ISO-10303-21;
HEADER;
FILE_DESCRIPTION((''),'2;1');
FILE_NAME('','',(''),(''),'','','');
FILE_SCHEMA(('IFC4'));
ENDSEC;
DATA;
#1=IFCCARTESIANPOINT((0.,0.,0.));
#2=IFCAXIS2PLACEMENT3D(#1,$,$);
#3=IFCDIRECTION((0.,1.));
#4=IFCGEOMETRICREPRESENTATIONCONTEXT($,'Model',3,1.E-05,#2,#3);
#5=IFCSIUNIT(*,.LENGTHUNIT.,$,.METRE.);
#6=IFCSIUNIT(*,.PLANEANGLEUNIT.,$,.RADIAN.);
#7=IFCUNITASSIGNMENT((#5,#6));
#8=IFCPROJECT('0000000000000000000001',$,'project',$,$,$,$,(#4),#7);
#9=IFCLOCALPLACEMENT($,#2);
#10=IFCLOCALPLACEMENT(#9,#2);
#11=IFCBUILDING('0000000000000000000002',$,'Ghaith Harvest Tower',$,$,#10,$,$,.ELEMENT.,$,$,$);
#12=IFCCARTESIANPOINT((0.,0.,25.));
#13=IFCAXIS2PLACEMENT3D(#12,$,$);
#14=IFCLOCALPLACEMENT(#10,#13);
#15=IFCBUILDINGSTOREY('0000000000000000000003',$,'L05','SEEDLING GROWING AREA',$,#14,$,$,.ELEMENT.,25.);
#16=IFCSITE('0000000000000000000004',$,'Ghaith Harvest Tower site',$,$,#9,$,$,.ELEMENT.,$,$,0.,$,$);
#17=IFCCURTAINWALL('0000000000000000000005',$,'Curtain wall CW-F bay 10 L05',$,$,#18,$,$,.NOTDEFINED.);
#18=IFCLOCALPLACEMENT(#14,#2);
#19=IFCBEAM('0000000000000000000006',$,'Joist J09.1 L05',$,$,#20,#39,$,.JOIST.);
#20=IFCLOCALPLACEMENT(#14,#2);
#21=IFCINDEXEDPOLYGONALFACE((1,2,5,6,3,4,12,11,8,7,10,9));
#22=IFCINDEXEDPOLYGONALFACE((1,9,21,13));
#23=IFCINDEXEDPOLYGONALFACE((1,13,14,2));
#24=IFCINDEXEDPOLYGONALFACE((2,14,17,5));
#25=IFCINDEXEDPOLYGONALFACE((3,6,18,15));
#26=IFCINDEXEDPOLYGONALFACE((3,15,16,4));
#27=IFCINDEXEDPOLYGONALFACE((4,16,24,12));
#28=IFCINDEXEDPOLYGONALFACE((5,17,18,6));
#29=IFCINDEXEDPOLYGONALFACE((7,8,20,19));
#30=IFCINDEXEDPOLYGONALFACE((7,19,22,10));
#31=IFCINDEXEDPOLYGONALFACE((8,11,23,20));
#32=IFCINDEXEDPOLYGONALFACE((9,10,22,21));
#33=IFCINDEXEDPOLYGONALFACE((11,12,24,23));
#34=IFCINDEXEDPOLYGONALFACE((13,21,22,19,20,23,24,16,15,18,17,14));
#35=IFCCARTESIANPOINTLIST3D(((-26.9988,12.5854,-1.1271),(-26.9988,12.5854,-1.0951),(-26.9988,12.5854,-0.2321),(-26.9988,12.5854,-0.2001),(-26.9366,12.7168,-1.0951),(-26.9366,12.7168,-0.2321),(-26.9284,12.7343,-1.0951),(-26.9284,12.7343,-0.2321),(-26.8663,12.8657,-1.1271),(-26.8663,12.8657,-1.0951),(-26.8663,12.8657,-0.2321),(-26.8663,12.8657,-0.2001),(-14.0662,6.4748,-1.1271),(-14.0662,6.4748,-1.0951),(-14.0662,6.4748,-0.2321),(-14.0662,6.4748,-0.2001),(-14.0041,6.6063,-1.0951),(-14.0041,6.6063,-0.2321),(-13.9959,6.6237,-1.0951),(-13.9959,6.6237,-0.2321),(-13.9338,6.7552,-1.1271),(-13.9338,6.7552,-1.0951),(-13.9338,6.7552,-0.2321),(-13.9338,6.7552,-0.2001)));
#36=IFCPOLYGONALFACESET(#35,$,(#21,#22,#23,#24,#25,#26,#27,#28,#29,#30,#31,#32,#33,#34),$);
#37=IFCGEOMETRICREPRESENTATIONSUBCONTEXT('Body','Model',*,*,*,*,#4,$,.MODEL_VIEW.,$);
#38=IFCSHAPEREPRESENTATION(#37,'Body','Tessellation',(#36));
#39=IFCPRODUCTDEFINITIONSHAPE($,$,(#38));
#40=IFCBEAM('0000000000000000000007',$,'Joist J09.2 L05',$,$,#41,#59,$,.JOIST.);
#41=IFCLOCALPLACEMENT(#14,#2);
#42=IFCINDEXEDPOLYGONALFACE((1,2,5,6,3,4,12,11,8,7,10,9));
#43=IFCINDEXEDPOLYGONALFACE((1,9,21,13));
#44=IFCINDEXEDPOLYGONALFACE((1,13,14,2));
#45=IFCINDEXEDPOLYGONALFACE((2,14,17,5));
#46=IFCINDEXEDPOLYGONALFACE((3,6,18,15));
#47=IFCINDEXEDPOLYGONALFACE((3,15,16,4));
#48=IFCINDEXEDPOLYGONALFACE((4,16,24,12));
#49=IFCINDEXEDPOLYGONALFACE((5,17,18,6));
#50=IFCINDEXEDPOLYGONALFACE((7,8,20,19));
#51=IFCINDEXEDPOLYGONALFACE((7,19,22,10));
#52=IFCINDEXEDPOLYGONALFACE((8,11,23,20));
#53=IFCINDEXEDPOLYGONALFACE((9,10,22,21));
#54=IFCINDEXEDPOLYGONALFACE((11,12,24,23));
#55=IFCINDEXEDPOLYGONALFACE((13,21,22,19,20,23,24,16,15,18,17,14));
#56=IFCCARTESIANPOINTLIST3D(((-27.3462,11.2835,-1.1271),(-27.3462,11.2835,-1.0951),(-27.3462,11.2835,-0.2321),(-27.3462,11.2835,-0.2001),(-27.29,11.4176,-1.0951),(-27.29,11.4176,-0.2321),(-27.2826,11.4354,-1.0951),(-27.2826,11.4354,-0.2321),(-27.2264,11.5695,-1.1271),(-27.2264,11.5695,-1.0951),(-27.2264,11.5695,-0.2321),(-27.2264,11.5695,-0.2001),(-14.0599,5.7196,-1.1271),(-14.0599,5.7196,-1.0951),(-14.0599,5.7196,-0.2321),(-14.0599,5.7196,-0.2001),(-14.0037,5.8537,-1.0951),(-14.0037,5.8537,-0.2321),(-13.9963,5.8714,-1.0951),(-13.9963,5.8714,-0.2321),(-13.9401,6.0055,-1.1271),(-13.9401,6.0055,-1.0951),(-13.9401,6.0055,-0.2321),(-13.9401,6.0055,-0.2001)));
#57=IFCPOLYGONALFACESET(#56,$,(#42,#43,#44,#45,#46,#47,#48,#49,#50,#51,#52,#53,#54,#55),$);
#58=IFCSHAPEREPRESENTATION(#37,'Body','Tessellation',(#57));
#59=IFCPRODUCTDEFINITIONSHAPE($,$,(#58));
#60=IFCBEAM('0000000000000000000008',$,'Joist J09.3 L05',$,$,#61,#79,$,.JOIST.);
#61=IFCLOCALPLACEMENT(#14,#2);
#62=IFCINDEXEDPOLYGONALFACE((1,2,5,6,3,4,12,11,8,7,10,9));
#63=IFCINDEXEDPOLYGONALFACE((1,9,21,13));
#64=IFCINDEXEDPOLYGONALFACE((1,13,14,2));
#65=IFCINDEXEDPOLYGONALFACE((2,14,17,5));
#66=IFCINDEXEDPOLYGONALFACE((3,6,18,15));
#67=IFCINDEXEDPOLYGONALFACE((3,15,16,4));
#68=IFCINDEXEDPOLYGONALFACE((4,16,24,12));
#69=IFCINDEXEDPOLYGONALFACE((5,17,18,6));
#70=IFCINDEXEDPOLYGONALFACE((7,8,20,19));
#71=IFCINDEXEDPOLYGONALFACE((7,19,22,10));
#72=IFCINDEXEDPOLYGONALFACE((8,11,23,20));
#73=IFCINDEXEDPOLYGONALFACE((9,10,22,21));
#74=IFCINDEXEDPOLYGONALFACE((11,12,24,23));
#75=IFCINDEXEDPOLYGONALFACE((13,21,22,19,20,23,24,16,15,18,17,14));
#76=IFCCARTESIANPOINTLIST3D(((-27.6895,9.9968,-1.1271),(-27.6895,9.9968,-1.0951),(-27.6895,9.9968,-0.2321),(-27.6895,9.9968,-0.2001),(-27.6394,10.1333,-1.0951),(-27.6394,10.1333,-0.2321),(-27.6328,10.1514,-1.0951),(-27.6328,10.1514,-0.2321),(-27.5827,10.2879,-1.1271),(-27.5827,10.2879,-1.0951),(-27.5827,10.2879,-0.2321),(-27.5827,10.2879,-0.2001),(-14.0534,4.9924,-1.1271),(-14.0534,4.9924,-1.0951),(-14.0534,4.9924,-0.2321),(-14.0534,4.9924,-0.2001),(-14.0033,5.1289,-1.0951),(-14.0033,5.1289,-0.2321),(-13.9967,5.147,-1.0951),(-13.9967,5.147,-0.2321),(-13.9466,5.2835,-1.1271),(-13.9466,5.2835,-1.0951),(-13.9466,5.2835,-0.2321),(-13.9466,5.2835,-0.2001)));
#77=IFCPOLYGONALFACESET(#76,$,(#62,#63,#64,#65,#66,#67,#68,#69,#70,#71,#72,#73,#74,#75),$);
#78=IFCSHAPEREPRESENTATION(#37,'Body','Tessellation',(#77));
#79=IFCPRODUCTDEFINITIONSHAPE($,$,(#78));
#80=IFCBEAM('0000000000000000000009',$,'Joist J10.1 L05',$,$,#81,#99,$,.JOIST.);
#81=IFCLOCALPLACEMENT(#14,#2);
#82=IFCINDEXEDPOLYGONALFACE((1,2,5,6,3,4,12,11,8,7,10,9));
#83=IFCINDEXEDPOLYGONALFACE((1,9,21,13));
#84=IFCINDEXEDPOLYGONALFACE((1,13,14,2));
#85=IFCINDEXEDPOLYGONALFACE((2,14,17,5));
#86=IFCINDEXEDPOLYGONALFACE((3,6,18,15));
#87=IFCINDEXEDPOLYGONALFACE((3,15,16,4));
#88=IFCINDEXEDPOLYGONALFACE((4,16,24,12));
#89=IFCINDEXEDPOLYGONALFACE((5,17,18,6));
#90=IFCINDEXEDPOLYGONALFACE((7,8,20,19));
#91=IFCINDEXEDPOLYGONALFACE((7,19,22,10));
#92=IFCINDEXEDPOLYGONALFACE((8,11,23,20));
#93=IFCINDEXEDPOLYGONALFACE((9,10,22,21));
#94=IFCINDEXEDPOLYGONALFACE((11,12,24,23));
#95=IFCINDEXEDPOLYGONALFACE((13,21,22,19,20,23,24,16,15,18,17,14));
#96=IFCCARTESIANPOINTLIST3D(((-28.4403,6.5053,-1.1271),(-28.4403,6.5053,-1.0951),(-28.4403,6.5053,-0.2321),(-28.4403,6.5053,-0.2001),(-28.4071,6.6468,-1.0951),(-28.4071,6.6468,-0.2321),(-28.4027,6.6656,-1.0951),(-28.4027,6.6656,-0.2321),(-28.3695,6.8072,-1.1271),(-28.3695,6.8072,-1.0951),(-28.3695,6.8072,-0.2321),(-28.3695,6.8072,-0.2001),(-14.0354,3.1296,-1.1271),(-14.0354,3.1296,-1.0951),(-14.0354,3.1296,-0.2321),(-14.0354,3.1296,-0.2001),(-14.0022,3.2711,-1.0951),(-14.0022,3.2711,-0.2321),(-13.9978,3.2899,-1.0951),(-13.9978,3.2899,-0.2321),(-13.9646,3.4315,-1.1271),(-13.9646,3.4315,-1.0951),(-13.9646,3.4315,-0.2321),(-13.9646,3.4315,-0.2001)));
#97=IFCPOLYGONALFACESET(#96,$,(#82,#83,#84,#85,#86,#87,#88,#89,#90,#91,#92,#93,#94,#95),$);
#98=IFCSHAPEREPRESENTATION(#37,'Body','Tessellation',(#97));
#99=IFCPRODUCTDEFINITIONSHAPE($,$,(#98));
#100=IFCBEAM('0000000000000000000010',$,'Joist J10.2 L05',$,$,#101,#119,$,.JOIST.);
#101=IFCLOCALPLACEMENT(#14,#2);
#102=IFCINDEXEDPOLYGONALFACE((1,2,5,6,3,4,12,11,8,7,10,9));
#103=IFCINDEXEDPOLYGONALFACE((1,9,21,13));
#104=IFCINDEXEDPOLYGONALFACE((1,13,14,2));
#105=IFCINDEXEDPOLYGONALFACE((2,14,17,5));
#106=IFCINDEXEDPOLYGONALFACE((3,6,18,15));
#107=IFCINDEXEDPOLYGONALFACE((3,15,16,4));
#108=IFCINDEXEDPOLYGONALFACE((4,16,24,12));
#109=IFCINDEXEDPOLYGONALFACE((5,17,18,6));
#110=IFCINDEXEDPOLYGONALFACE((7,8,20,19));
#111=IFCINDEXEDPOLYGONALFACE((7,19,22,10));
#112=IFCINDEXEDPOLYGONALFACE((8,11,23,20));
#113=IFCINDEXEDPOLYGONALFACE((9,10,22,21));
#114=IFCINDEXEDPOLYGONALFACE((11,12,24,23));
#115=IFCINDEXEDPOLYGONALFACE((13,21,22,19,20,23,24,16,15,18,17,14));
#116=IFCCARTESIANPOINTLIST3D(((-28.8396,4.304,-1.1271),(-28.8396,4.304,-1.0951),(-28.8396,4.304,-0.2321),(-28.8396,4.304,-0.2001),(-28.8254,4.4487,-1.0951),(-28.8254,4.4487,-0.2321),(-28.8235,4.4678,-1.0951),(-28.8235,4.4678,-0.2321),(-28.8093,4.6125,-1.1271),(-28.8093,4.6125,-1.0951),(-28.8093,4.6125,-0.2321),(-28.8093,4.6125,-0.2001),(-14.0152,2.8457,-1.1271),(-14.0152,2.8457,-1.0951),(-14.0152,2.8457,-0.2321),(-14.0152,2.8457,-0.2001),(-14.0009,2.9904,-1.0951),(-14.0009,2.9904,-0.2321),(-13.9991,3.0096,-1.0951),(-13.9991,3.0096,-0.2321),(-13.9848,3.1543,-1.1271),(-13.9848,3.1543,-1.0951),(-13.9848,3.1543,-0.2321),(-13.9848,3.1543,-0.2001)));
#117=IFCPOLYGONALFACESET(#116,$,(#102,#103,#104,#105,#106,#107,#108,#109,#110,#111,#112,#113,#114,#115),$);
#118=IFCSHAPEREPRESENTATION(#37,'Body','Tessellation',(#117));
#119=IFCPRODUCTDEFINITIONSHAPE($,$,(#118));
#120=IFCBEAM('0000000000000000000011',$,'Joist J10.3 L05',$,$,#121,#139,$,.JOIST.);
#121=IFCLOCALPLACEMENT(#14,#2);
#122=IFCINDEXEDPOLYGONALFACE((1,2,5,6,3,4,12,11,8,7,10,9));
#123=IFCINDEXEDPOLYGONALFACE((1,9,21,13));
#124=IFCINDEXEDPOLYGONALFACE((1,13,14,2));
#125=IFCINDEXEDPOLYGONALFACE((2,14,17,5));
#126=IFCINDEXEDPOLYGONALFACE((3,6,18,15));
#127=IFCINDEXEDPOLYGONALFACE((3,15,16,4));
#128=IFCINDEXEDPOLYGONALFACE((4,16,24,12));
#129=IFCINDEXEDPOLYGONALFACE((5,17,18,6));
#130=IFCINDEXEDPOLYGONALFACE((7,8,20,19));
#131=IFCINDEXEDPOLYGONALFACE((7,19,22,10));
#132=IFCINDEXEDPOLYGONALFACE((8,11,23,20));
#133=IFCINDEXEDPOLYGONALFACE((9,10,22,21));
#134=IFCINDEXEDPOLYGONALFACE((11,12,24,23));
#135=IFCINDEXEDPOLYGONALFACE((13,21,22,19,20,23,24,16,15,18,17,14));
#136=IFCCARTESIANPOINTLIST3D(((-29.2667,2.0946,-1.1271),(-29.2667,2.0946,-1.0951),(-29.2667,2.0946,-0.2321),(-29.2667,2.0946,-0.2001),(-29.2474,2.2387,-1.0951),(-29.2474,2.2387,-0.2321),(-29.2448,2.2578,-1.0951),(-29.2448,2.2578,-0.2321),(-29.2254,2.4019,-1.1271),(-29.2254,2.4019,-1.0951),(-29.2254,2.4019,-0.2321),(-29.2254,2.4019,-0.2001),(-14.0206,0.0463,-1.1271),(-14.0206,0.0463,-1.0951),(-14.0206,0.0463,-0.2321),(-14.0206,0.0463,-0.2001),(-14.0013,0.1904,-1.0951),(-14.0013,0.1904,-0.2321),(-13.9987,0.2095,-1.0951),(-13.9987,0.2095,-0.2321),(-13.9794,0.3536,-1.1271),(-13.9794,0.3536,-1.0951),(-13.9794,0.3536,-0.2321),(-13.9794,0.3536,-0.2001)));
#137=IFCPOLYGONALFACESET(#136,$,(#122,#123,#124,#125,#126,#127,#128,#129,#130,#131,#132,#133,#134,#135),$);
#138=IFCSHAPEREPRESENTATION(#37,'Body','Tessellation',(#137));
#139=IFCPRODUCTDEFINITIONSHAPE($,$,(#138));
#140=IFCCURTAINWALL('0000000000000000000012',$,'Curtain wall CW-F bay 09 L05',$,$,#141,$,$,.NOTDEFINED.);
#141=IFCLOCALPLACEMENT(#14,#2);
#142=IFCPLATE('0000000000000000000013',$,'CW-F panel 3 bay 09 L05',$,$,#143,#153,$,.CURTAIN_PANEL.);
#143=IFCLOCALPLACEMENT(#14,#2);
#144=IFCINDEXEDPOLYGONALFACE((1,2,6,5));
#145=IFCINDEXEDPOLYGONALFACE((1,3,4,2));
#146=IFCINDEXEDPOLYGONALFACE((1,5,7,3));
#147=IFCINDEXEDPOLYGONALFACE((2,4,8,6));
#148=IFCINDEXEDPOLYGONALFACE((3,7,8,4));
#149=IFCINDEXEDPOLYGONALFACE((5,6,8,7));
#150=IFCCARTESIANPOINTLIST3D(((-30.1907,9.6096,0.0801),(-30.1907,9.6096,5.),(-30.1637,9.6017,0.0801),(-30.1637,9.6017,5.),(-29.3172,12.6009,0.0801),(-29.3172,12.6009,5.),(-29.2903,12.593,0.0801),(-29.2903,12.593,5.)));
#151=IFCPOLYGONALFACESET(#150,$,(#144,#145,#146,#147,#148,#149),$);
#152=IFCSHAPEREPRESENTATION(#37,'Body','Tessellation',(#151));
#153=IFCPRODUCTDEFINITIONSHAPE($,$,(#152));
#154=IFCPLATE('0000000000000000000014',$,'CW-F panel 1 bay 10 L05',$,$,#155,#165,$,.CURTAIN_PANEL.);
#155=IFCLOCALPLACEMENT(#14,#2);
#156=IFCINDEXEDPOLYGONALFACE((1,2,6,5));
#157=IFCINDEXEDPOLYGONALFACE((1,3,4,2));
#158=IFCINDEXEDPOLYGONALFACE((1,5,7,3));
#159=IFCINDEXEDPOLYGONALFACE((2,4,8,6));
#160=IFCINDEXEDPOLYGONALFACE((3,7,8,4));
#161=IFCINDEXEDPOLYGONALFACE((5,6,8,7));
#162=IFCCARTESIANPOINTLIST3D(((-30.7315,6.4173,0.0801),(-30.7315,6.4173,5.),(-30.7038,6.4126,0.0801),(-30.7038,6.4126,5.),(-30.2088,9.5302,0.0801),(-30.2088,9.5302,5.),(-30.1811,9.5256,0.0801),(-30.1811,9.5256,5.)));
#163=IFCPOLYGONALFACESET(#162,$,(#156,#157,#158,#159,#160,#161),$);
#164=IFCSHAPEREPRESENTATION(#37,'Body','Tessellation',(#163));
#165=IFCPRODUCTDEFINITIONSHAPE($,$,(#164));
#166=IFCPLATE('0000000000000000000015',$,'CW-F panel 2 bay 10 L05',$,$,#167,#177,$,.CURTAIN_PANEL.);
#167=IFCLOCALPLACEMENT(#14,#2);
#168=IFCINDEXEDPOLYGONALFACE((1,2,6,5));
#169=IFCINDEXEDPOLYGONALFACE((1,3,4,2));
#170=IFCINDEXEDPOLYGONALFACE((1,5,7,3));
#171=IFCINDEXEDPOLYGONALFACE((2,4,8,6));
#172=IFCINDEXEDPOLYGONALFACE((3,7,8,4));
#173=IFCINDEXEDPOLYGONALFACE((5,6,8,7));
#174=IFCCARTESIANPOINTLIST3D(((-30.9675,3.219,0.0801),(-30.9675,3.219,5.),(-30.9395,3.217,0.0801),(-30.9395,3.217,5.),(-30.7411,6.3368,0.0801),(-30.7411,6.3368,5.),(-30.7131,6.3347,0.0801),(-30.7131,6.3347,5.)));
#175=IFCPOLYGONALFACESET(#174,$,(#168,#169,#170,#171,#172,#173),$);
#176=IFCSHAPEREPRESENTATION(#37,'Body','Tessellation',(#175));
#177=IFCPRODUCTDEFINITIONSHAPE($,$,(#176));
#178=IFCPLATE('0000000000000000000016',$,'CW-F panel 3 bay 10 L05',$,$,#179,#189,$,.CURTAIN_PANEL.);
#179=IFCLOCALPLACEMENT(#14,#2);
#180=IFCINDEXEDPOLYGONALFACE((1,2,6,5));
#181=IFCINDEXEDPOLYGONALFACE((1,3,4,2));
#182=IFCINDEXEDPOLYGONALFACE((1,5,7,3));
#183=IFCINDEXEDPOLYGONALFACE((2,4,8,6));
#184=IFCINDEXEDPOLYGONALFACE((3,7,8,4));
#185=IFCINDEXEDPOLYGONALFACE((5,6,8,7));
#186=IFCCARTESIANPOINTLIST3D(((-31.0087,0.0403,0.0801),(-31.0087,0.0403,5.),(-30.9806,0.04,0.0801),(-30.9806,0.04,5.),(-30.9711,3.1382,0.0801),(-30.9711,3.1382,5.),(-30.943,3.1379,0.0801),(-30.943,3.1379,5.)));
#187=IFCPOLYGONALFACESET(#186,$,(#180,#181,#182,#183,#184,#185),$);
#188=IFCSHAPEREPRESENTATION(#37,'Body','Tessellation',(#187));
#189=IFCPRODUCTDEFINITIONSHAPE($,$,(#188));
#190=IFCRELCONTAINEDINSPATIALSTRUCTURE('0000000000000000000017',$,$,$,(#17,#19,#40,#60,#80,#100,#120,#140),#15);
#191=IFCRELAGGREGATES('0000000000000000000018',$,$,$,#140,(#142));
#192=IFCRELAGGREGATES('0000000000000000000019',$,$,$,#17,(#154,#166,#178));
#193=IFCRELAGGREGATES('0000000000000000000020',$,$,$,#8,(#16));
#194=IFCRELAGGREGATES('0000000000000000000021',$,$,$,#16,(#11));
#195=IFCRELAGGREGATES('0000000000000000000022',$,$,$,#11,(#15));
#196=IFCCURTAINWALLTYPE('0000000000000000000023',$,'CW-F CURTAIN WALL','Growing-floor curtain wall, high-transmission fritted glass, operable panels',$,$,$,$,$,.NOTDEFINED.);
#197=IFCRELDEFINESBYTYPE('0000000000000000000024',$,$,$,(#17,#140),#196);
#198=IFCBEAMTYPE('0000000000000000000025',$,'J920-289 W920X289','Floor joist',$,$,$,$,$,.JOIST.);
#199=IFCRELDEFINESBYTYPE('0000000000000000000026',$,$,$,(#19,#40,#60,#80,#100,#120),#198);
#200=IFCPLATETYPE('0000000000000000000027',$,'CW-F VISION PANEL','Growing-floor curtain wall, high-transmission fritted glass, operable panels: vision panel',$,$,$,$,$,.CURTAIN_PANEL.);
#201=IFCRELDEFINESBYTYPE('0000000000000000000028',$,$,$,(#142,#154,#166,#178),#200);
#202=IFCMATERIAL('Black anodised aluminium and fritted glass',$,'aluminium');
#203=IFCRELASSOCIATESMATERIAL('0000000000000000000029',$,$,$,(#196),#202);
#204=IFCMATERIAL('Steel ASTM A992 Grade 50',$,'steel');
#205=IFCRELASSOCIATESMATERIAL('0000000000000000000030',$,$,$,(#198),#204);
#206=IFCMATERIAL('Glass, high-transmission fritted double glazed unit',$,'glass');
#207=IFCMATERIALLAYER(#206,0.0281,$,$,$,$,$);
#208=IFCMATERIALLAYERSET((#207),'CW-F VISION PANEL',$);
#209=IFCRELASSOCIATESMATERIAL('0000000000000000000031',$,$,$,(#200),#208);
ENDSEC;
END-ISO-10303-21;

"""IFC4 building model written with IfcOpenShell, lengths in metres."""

from ifc_helpers import new_model, si_unit, direction, frame, origin, origin_2d, place, context, subcontext, project, spatial, rectangle, i_section, extrude, material, layer, layer_set, material_profile, profile_set, type_object, element, aggregate, save


model = new_model("IFC4")

# Units and contexts
model_context = context("Model", 3, precision=1e-05, world=origin(), true_north=direction((0.0, 1.0)))
body_context = subcontext(model_context, "Body", "Model", "MODEL_VIEW")
ifc_project = project(units=[si_unit("LENGTHUNIT", "METRE"), si_unit("PLANEANGLEUNIT", "RADIAN")], contexts=[model_context])

# Site, building, storey
site_placement = place(None, origin())
site = spatial("IfcSite", under=ifc_project, at=site_placement, Name="Ghaith Harvest Tower site", CompositionType="ELEMENT", RefElevation=0.0)
building_placement = place(site_placement, origin())
building = spatial("IfcBuilding", under=site, at=building_placement, Name="Ghaith Harvest Tower", CompositionType="ELEMENT")
storey_placement = place(building_placement, frame((0.0, 0.0, 25.0)))
storey = spatial("IfcBuildingStorey", under=building, at=storey_placement, Name="L05", Description="SEEDLING GROWING AREA", CompositionType="ELEMENT", Elevation=25.0)

# Curtain wall
ifc_material_1 = material(Name="Black anodised aluminium and fritted glass", Category="aluminium")
curtain_wall_type = type_object("IfcCurtainWallType", Name="CW-F CURTAIN WALL", Description="Growing-floor curtain wall, high-transmission fritted glass, operable panels", PredefinedType="NOTDEFINED", material=ifc_material_1)
curtain_wall_1_placement = place(storey_placement, origin())
curtain_wall_1 = element("IfcCurtainWall", 1, at=curtain_wall_1_placement, inside=storey, type_object=curtain_wall_type, Name="Curtain wall CW-F bay 10 L05", PredefinedType="NOTDEFINED")

# Beams
ifc_material_2 = material(Name="Steel ASTM A992 Grade 50", Category="steel")
ifc_material_profile_1 = material_profile(ifc_material_2, i_section(OverallWidth=0.3101, OverallDepth=0.927, WebThickness=0.0193, FlangeThickness=0.032, at=origin_2d()), Name="W920X289")
ifc_profile_set_1 = profile_set([ifc_material_profile_1], Name="Steel ASTM A992 Grade 50")
beam_type_1 = type_object("IfcBeamType", Name="J920-289 W920X289", Description="Floor joist", PredefinedType="JOIST", material=ifc_profile_set_1)
beam_1_placement = place(storey_placement, frame((-14.0, 6.615, -0.6636), z_axis=(-0.904153, 0.427208, 0.0), x_axis=(-0.427208, -0.904153, 0.0)))
element("IfcBeam", 2, at=beam_1_placement, inside=storey, type_object=beam_type_1, Name="Joist J09.1 L05", PredefinedType="JOIST", context=body_context, shape_type="SweptSolid", body=[
    extrude(i_section(OverallWidth=0.3101, OverallDepth=0.927, WebThickness=0.0193, FlangeThickness=0.032, at=origin_2d()), origin(), (0.0, 0.0, 1.0), 14.3035),
])
beam_2_placement = place(storey_placement, frame((-14.0, 5.8625, -0.6636), z_axis=(-0.922386, 0.38627, 0.0), x_axis=(-0.38627, -0.922386, 0.0)))
element("IfcBeam", 3, at=beam_2_placement, inside=storey, type_object=beam_type_1, Name="Joist J09.2 L05", PredefinedType="JOIST", context=body_context, shape_type="SweptSolid", body=[
    extrude(i_section(OverallWidth=0.3101, OverallDepth=0.927, WebThickness=0.0193, FlangeThickness=0.032, at=origin_2d()), origin(), (0.0, 0.0, 1.0), 14.4043),
])
beam_3_placement = place(storey_placement, frame((-14.0, 5.1379, -0.6636), z_axis=(-0.938775, 0.34453, 0.0), x_axis=(-0.34453, -0.938775, 0.0)))
element("IfcBeam", 4, at=beam_3_placement, inside=storey, type_object=beam_type_1, Name="Joist J09.3 L05", PredefinedType="JOIST", context=body_context, shape_type="SweptSolid", body=[
    extrude(i_section(OverallWidth=0.3101, OverallDepth=0.927, WebThickness=0.0193, FlangeThickness=0.032, at=origin_2d()), origin(), (0.0, 0.0, 1.0), 14.5254),
])
beam_4_placement = place(storey_placement, frame((-14.0, 3.2805, -0.6636), z_axis=(-0.973623, 0.228163, 0.0), x_axis=(-0.228163, -0.973623, 0.0)))
element("IfcBeam", 5, at=beam_4_placement, inside=storey, type_object=beam_type_1, Name="Joist J10.1 L05", PredefinedType="JOIST", context=body_context, shape_type="SweptSolid", body=[
    extrude(i_section(OverallWidth=0.3101, OverallDepth=0.927, WebThickness=0.0193, FlangeThickness=0.032, at=origin_2d()), origin(), (0.0, 0.0, 1.0), 14.7952),
])
beam_5_placement = place(storey_placement, frame((-14.0, 3.0, -0.6636), z_axis=(-0.995197, 0.097895, 0.0), x_axis=(-0.097895, -0.995197, 0.0)))
element("IfcBeam", 6, at=beam_5_placement, inside=storey, type_object=beam_type_1, Name="Joist J10.2 L05", PredefinedType="JOIST", context=body_context, shape_type="SweptSolid", body=[
    extrude(i_section(OverallWidth=0.3101, OverallDepth=0.927, WebThickness=0.0193, FlangeThickness=0.032, at=origin_2d()), origin(), (0.0, 0.0, 1.0), 14.896),
])
beam_6_placement = place(storey_placement, frame((-14.0, 0.2, -0.6636), z_axis=(-0.991095, 0.133155, 0.0), x_axis=(-0.133155, -0.991095, 0.0)))
element("IfcBeam", 7, at=beam_6_placement, inside=storey, type_object=beam_type_1, Name="Joist J10.3 L05", PredefinedType="JOIST", context=body_context, shape_type="SweptSolid", body=[
    extrude(i_section(OverallWidth=0.3101, OverallDepth=0.927, WebThickness=0.0193, FlangeThickness=0.032, at=origin_2d()), origin(), (0.0, 0.0, 1.0), 15.3831),
])

# Curtain wall, plate
curtain_wall_2_placement = place(storey_placement, origin())
curtain_wall_2 = element("IfcCurtainWall", 8, at=curtain_wall_2_placement, inside=storey, type_object=curtain_wall_type, Name="Curtain wall CW-F bay 09 L05", PredefinedType="NOTDEFINED")
ifc_material_3 = material(Name="Glass, high-transmission fritted double glazed unit", Category="glass")
ifc_layer_1 = layer(ifc_material_3, 0.0281)
ifc_layer_set_1 = layer_set([ifc_layer_1], Name="CW-F VISION PANEL")
plate_type = type_object("IfcPlateType", Name="CW-F VISION PANEL", Description="Growing-floor curtain wall, high-transmission fritted glass, operable panels: vision panel", PredefinedType="CURTAIN_PANEL", material=ifc_layer_set_1)
plate_1_placement = place(storey_placement, frame((-29.7405, 11.1013, 0.0801), z_axis=(0.0, 0.0, 1.0), x_axis=(-0.280297, -0.959913, 0.0)))
plate_1 = element("IfcPlate", 9, at=plate_1_placement, type_object=plate_type, Name="CW-F panel 3 bay 09 L05", PredefinedType="CURTAIN_PANEL", context=body_context, shape_type="SweptSolid", body=[
    extrude(rectangle(XDim=3.1162, YDim=0.0281, at=origin_2d()), origin(), (0.0, 0.0, 1.0), 4.9199),
])
aggregate(curtain_wall_2, [plate_1])

# Plates
plate_2_placement = place(storey_placement, frame((-30.4563, 7.9714, 0.0801), z_axis=(0.0, 0.0, 1.0), x_axis=(-0.165581, -0.986196, 0.0)))
plate_2 = element("IfcPlate", 10, at=plate_2_placement, type_object=plate_type, Name="CW-F panel 1 bay 10 L05", PredefinedType="CURTAIN_PANEL", context=body_context, shape_type="SweptSolid", body=[
    extrude(rectangle(XDim=3.1565, YDim=0.0281, at=origin_2d()), origin(), (0.0, 0.0, 1.0), 4.9199),
])
plate_3_placement = place(storey_placement, frame((-30.8403, 4.7769, 0.0801), z_axis=(0.0, 0.0, 1.0), x_axis=(-0.072421, -0.997374, 0.0)))
plate_3 = element("IfcPlate", 11, at=plate_3_placement, type_object=plate_type, Name="CW-F panel 2 bay 10 L05", PredefinedType="CURTAIN_PANEL", context=body_context, shape_type="SweptSolid", body=[
    extrude(rectangle(XDim=3.126, YDim=0.0281, at=origin_2d()), origin(), (0.0, 0.0, 1.0), 4.9199),
])
plate_4_placement = place(storey_placement, frame((-30.9758, 1.5891, 0.0801), z_axis=(0.0, 0.0, 1.0), x_axis=(-0.012133, -0.999926, 0.0)))
plate_4 = element("IfcPlate", 12, at=plate_4_placement, type_object=plate_type, Name="CW-F panel 3 bay 10 L05", PredefinedType="CURTAIN_PANEL", context=body_context, shape_type="SweptSolid", body=[
    extrude(rectangle(XDim=3.0981, YDim=0.0281, at=origin_2d()), origin(), (0.0, 0.0, 1.0), 4.9199),
])
aggregate(curtain_wall_1, [plate_2, plate_3, plate_4])

save(model, "model.ifc")
